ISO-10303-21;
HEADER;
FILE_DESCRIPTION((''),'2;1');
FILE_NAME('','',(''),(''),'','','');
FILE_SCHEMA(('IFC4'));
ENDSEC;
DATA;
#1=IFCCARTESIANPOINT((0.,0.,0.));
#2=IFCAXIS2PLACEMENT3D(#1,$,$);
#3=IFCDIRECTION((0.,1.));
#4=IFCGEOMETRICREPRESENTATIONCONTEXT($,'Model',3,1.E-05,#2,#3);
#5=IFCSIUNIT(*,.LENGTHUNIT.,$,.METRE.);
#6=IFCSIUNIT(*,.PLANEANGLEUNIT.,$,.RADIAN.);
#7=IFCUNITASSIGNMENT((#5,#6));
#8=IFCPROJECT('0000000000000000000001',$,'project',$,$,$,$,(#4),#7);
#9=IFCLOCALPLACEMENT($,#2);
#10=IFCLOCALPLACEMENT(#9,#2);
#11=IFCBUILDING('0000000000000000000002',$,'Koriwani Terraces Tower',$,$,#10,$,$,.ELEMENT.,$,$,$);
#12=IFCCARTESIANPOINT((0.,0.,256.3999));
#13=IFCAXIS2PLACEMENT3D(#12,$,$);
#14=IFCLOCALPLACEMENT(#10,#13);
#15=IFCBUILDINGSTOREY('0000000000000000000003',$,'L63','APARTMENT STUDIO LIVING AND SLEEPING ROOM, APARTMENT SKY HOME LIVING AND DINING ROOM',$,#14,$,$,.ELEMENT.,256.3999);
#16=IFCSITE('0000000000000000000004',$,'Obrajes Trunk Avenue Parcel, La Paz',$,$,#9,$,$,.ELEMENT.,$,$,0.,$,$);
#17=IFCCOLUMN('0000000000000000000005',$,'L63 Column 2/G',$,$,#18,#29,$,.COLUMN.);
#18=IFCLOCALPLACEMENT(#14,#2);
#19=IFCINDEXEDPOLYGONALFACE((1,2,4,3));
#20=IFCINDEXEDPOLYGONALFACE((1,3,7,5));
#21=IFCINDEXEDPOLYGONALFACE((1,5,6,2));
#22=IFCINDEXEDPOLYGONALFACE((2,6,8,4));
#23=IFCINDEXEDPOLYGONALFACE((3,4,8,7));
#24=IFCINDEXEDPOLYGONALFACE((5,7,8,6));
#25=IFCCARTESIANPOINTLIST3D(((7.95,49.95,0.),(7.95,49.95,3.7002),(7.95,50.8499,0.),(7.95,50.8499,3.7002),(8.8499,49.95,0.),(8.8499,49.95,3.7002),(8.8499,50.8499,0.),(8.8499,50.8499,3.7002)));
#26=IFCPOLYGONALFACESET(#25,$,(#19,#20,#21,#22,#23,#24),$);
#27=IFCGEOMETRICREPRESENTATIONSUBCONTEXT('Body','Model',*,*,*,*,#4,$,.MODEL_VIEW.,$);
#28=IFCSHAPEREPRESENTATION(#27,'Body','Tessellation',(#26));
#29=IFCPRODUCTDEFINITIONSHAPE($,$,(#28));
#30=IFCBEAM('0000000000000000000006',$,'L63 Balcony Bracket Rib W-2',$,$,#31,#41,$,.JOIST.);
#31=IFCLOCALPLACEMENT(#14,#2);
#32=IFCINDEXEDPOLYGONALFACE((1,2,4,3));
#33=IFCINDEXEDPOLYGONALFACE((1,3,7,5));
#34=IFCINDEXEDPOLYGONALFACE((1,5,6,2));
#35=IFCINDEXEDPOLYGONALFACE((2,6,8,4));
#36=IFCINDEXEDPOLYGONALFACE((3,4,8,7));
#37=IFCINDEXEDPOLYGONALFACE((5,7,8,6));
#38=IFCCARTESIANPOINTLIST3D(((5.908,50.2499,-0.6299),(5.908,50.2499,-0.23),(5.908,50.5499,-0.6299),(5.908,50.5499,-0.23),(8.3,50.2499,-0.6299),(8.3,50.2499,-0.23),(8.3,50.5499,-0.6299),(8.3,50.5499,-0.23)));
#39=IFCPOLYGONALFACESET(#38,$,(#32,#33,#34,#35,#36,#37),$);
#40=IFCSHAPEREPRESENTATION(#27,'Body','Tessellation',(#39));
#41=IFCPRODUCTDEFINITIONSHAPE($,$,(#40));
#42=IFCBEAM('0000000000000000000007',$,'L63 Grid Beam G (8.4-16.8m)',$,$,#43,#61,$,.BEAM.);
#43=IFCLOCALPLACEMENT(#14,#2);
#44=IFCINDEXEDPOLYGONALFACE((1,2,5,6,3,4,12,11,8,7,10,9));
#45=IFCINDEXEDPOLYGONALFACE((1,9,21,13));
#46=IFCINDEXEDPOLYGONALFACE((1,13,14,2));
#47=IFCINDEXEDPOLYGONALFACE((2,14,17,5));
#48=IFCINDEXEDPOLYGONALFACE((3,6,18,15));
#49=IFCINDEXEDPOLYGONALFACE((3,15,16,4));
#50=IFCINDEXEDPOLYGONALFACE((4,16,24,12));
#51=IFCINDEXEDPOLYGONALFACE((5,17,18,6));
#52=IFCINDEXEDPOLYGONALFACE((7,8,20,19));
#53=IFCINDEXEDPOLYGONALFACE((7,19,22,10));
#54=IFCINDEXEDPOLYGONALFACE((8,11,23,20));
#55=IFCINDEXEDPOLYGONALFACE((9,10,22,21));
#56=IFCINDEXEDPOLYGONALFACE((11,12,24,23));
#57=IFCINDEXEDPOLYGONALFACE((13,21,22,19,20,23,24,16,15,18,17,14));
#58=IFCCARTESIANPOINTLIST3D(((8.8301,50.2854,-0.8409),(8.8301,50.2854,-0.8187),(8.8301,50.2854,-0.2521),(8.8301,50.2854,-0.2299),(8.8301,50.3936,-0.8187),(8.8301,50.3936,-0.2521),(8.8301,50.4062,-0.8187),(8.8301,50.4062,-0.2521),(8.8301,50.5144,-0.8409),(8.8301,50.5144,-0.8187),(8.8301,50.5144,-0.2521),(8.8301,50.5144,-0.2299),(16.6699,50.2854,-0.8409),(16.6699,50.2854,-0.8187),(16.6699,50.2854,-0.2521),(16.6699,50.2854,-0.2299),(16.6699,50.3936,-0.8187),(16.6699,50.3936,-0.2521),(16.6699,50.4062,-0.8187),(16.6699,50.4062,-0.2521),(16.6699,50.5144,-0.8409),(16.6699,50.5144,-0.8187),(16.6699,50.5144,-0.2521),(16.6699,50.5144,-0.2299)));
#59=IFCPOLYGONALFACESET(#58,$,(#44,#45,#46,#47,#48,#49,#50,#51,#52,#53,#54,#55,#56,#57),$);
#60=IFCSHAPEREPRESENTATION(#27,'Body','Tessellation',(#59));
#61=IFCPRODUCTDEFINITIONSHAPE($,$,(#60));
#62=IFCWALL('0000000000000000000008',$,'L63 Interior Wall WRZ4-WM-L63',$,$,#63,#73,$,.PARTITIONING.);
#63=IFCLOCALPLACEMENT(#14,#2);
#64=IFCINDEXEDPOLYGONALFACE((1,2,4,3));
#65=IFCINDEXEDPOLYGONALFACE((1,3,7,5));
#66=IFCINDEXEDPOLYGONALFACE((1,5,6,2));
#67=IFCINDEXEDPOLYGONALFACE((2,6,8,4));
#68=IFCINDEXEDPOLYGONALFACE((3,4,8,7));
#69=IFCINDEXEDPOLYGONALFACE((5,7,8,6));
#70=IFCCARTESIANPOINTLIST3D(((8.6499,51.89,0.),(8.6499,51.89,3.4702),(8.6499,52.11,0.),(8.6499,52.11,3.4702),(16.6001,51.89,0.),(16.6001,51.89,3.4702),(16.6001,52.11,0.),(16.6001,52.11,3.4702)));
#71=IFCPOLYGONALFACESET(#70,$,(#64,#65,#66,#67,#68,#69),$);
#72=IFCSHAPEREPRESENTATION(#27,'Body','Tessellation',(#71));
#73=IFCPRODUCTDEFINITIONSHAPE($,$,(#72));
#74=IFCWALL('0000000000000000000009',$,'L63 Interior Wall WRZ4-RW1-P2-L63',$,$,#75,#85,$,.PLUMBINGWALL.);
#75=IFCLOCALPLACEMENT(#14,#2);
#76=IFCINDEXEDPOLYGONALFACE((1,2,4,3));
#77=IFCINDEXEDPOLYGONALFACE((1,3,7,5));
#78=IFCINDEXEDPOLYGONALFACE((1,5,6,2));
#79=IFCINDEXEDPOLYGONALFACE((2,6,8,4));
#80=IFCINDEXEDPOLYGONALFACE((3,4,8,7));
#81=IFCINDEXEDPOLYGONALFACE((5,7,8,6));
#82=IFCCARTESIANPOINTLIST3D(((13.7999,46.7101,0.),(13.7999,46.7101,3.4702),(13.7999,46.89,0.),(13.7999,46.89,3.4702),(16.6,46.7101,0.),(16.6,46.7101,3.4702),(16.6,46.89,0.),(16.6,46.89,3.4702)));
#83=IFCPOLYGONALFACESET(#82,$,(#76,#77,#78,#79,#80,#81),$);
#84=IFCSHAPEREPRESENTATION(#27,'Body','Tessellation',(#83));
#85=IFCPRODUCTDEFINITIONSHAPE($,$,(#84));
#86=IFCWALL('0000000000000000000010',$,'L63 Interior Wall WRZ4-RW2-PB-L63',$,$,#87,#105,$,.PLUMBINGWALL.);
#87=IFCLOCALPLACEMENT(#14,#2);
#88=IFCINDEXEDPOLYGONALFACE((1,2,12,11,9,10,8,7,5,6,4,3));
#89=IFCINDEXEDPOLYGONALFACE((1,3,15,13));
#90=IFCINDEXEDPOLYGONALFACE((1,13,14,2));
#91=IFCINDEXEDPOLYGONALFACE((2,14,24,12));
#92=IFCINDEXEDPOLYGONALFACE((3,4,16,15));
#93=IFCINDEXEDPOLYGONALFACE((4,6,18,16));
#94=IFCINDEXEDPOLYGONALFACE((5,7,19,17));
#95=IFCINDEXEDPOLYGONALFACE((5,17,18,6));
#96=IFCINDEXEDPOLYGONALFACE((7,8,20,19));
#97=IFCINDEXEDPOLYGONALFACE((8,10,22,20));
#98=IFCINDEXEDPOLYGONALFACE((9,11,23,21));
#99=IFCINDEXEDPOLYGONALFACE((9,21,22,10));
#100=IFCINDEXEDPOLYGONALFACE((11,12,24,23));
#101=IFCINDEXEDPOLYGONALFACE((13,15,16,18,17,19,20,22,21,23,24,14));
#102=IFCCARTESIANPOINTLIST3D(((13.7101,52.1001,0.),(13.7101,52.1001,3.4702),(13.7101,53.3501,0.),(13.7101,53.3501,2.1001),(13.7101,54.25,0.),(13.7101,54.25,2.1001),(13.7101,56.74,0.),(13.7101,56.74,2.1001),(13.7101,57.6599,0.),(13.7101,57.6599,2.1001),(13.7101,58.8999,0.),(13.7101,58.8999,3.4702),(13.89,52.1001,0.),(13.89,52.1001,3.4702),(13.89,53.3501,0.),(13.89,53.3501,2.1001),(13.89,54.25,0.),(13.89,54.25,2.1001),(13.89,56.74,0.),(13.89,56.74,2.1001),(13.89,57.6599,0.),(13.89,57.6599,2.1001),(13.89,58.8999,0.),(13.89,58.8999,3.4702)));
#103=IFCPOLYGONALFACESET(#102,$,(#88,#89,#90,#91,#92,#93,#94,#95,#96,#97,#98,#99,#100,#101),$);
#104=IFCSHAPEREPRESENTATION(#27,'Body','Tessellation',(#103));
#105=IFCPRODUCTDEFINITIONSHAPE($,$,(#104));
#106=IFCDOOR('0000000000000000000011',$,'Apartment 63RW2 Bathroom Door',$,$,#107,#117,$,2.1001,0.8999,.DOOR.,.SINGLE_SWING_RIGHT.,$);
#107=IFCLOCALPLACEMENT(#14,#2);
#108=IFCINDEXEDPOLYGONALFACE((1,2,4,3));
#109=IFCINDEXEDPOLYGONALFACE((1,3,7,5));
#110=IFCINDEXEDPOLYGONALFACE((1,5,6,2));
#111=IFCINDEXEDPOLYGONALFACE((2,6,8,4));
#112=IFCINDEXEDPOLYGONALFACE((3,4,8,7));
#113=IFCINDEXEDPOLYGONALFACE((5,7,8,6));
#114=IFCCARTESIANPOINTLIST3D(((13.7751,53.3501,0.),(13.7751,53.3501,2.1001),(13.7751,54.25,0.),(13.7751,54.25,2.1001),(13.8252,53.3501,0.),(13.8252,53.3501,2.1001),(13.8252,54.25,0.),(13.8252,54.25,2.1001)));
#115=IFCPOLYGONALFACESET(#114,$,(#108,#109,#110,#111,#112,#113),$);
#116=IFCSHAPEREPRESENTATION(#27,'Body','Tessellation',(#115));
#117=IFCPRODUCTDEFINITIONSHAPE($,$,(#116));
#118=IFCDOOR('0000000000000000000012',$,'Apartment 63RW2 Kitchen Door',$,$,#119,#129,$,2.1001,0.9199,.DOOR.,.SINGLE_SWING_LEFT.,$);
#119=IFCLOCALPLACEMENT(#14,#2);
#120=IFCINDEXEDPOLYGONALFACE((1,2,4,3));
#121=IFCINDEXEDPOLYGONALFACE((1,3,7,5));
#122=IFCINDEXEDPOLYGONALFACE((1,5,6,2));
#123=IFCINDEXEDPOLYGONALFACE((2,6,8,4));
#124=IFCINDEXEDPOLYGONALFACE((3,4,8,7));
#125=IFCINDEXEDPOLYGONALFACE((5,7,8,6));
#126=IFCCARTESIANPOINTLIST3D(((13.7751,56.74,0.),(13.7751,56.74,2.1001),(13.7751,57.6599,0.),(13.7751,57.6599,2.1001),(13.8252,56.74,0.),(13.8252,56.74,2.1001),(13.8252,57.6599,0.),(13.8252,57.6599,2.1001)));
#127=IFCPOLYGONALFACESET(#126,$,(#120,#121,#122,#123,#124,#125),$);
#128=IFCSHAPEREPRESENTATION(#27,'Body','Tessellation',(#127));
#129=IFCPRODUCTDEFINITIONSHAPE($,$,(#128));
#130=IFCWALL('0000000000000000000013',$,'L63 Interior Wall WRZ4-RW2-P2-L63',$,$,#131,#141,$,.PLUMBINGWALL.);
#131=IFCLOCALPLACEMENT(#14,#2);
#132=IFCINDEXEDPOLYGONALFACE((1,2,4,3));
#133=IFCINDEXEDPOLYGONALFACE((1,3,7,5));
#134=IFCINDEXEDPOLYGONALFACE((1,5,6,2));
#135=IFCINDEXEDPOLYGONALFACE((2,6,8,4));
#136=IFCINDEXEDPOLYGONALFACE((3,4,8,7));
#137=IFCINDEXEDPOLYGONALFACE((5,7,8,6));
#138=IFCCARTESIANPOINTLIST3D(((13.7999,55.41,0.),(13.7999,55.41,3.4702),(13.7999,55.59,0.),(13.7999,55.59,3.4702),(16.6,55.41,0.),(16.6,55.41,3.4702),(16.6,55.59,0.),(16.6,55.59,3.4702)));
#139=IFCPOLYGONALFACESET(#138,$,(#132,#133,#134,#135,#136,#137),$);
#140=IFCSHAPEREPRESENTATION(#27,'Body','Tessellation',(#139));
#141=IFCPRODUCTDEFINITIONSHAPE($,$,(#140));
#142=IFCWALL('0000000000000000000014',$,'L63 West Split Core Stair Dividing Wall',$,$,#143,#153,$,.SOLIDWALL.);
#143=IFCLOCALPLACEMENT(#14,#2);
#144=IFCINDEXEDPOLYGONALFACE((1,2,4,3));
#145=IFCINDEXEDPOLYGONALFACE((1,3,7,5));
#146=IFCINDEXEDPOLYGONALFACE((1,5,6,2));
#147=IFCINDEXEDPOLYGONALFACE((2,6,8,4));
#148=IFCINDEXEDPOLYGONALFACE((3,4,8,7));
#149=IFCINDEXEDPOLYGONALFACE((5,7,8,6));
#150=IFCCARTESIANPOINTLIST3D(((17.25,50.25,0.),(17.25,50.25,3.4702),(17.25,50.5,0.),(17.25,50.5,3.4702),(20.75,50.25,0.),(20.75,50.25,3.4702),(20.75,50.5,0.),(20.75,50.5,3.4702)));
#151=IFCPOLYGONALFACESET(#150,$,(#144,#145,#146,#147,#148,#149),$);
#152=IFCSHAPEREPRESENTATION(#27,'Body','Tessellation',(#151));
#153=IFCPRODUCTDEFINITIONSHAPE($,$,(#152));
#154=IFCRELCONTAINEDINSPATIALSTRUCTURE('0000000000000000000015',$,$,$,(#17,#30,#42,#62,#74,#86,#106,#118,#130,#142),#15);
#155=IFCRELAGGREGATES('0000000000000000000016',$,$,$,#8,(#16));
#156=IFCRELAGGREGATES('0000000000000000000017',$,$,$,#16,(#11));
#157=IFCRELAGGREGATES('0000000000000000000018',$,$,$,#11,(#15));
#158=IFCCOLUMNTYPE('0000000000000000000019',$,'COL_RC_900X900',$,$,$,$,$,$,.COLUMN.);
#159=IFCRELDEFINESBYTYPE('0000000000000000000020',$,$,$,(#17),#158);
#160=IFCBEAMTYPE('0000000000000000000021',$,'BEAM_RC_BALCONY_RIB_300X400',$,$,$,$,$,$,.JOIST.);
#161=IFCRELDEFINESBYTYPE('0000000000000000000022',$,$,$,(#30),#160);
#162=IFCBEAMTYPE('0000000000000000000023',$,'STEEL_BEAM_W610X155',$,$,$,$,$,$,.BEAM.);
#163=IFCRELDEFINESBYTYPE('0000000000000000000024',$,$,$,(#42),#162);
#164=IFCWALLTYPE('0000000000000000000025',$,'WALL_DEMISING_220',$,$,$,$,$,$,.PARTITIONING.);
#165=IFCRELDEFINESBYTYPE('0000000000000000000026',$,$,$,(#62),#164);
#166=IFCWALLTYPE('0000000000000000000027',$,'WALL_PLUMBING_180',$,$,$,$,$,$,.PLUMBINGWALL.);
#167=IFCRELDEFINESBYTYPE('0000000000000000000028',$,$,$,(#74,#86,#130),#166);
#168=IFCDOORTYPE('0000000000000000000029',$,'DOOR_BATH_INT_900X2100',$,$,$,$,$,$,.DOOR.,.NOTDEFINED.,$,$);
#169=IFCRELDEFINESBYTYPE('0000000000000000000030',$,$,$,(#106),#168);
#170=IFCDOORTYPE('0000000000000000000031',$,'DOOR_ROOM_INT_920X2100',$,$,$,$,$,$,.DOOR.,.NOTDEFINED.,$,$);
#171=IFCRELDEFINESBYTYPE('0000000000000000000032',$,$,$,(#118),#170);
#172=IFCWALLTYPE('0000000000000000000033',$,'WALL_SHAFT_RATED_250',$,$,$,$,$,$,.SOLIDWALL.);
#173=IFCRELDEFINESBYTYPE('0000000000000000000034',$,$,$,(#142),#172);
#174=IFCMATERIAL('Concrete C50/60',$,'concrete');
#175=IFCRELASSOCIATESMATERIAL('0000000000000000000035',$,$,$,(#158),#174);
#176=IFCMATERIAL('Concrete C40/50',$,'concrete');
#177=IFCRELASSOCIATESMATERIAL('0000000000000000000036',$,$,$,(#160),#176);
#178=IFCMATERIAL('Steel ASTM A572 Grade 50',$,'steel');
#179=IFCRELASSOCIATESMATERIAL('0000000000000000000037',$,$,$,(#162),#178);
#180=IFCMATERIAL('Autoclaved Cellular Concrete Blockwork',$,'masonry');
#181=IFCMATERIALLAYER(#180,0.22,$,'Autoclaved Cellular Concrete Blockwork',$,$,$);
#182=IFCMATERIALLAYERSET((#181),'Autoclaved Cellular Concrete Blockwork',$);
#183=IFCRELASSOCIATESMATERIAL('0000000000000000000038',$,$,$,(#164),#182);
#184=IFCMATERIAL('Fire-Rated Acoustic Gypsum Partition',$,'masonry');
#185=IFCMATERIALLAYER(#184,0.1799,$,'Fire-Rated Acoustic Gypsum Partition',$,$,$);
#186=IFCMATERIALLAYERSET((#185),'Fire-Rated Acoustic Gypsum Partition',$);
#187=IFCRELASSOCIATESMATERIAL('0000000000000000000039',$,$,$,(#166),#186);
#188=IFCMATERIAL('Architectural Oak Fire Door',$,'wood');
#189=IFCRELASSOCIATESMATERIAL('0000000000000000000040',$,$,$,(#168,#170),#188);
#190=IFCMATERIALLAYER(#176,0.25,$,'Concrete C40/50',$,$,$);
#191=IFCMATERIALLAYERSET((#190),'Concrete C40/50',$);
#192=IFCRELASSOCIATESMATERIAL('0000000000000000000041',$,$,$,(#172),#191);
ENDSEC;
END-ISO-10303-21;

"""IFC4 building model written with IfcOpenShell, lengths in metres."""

from ifc_helpers import new_model, si_unit, direction, frame, frame_2d, origin, origin_2d, place, context, subcontext, project, spatial, rectangle, i_section, extrude, material, layer, layer_set, material_profile, profile_set, type_object, element, fill, save


model = new_model("IFC4")

# Units and contexts
model_context = context("Model", 3, precision=1e-05, world=origin(), true_north=direction((0.0, 1.0)))
body_context = subcontext(model_context, "Body", "Model", "MODEL_VIEW")
ifc_project = project(units=[si_unit("LENGTHUNIT", "METRE"), si_unit("PLANEANGLEUNIT", "RADIAN")], contexts=[model_context])

# Site, building, storey
site_placement = place(None, origin())
site = spatial("IfcSite", under=ifc_project, at=site_placement, Name="Obrajes Trunk Avenue Parcel, La Paz", CompositionType="ELEMENT", RefElevation=0.0)
building_placement = place(site_placement, origin())
building = spatial("IfcBuilding", under=site, at=building_placement, Name="Koriwani Terraces Tower", CompositionType="ELEMENT")
storey_placement = place(building_placement, frame((0.0, 0.0, 256.3999)))
storey = spatial("IfcBuildingStorey", under=building, at=storey_placement, Name="L63", Description="APARTMENT STUDIO LIVING AND SLEEPING ROOM, APARTMENT SKY HOME LIVING AND DINING ROOM", CompositionType="ELEMENT", Elevation=256.3999)

# Column
ifc_material_1 = material(Name="Concrete C50/60", Category="concrete")
ifc_material_profile_1 = material_profile(ifc_material_1, rectangle(XDim=0.8999, YDim=0.8999, at=origin_2d()), Name="Concrete C50/60", Category="LoadBearing")
ifc_profile_set_1 = profile_set([ifc_material_profile_1], Name="Concrete C50/60")
column_type = type_object("IfcColumnType", Name="COL_RC_900X900", PredefinedType="COLUMN", material=ifc_profile_set_1)
column_placement = place(storey_placement, frame((8.3999, 50.3999, 0.0), z_axis=(0.0, 0.0, 1.0), x_axis=(1.0, 0.0, 0.0)))
element("IfcColumn", 1, at=column_placement, inside=storey, type_object=column_type, Name="L63 Column 2/G", PredefinedType="COLUMN", context=body_context, shape_type="SweptSolid", body=[
    extrude(rectangle(XDim=0.8999, YDim=0.8999, at=origin_2d()), origin(), (0.0, 0.0, 1.0), 3.7002),
])

# Beams
ifc_material_2 = material(Name="Concrete C40/50", Category="concrete")
ifc_material_profile_2 = material_profile(ifc_material_2, rectangle(XDim=0.3, YDim=0.3999, at=origin_2d()), Name="Concrete C40/50", Category="LoadBearing")
ifc_profile_set_2 = profile_set([ifc_material_profile_2], Name="Concrete C40/50")
beam_type_1 = type_object("IfcBeamType", Name="BEAM_RC_BALCONY_RIB_300X400", PredefinedType="JOIST", material=ifc_profile_set_2)
beam_1_placement = place(storey_placement, frame((5.908, 50.3999, -0.4299), z_axis=(1.0, 0.0, 0.0), x_axis=(0.0, 1.0, 0.0)))
element("IfcBeam", 2, at=beam_1_placement, inside=storey, type_object=beam_type_1, Name="L63 Balcony Bracket Rib W-2", PredefinedType="JOIST", context=body_context, shape_type="SweptSolid", body=[
    extrude(rectangle(XDim=0.3, YDim=0.3999, at=origin_2d()), origin(), (0.0, 0.0, 1.0), 2.3921),
])
ifc_material_3 = material(Name="Steel ASTM A572 Grade 50", Category="steel")
ifc_material_profile_3 = material_profile(ifc_material_3, i_section(OverallWidth=0.229, OverallDepth=0.6111, WebThickness=0.0127, FlangeThickness=0.0222, at=origin_2d()), Name="Steel ASTM A572 Grade 50", Category="LoadBearing")
ifc_profile_set_3 = profile_set([ifc_material_profile_3], Name="Steel ASTM A572 Grade 50")
beam_type_2 = type_object("IfcBeamType", Name="STEEL_BEAM_W610X155", PredefinedType="BEAM", material=ifc_profile_set_3)
beam_2_placement = place(storey_placement, frame((8.8301, 50.3999, -0.5354), z_axis=(1.0, 0.0, 0.0), x_axis=(0.0, 1.0, 0.0)))
element("IfcBeam", 3, at=beam_2_placement, inside=storey, type_object=beam_type_2, Name="L63 Grid Beam G (8.4-16.8m)", PredefinedType="BEAM", context=body_context, shape_type="SweptSolid", body=[
    extrude(i_section(OverallWidth=0.229, OverallDepth=0.6111, WebThickness=0.0127, FlangeThickness=0.0222, at=origin_2d()), origin(), (0.0, 0.0, 1.0), 7.8398),
])

# Walls
ifc_material_4 = material(Name="Autoclaved Cellular Concrete Blockwork", Category="masonry")
ifc_layer_1 = layer(ifc_material_4, 0.22, Name="Autoclaved Cellular Concrete Blockwork")
ifc_layer_set_1 = layer_set([ifc_layer_1], Name="Autoclaved Cellular Concrete Blockwork")
wall_type_1 = type_object("IfcWallType", Name="WALL_DEMISING_220", PredefinedType="PARTITIONING", material=ifc_layer_set_1)
wall_1_placement = place(storey_placement, frame((8.6499, 52.0, 0.0), z_axis=(0.0, 0.0, 1.0), x_axis=(1.0, 0.0, 0.0)))
element("IfcWall", 4, at=wall_1_placement, inside=storey, type_object=wall_type_1, Name="L63 Interior Wall WRZ4-WM-L63", PredefinedType="PARTITIONING", context=body_context, shape_type="SweptSolid", body=[
    extrude(rectangle(XDim=7.9502, YDim=0.22, at=frame_2d((3.9751, 0.0))), origin(), (0.0, 0.0, 1.0), 3.4702),
])
ifc_material_5 = material(Name="Fire-Rated Acoustic Gypsum Partition", Category="masonry")
ifc_layer_2 = layer(ifc_material_5, 0.1799, Name="Fire-Rated Acoustic Gypsum Partition")
ifc_layer_set_2 = layer_set([ifc_layer_2], Name="Fire-Rated Acoustic Gypsum Partition")
wall_type_2 = type_object("IfcWallType", Name="WALL_PLUMBING_180", PredefinedType="PLUMBINGWALL", material=ifc_layer_set_2)
wall_2_placement = place(storey_placement, frame((13.8, 46.8, 0.0), z_axis=(0.0, 0.0, 1.0), x_axis=(1.0, 0.0, 0.0)))
element("IfcWall", 5, at=wall_2_placement, inside=storey, type_object=wall_type_2, Name="L63 Interior Wall WRZ4-RW1-P2-L63", PredefinedType="PLUMBINGWALL", context=body_context, shape_type="SweptSolid", body=[
    extrude(rectangle(XDim=2.8, YDim=0.1799, at=frame_2d((1.3999, 0.0))), origin(), (0.0, 0.0, 1.0), 3.4702),
])

# Wall, openings, doors
wall_3_placement = place(storey_placement, frame((13.8, 52.1001, 0.0), z_axis=(0.0, 0.0, 1.0), x_axis=(0.0, 1.0, 0.0)))
wall_3 = element("IfcWall", 6, at=wall_3_placement, inside=storey, type_object=wall_type_2, Name="L63 Interior Wall WRZ4-RW2-PB-L63", PredefinedType="PLUMBINGWALL", context=body_context, shape_type="SweptSolid", body=[
    extrude(rectangle(XDim=6.7998, YDim=0.1799, at=frame_2d((3.3999, 0.0))), origin(), (0.0, 0.0, 1.0), 3.4702),
])
opening_1_placement = place(wall_3_placement, frame((1.25, 0.0, 0.0)))
opening_1 = element("IfcOpeningElement", 7, at=opening_1_placement, cuts=wall_3, PredefinedType="OPENING", context=body_context, shape_type="SweptSolid", body=[
    extrude(rectangle(XDim=0.8999, YDim=2.1001, at=frame_2d((0.45, 1.05))), frame((0.0, 0.1001, 0.0), z_axis=(0.0, -1.0, 0.0), x_axis=(1.0, 0.0, 0.0)), (0.0, 0.0, 1.0), 0.2),
])
opening_2_placement = place(wall_3_placement, frame((4.6399, 0.0, 0.0)))
opening_2 = element("IfcOpeningElement", 8, at=opening_2_placement, cuts=wall_3, PredefinedType="OPENING", context=body_context, shape_type="SweptSolid", body=[
    extrude(rectangle(XDim=0.9199, YDim=2.1001, at=frame_2d((0.46, 1.05))), frame((0.0, 0.1001, 0.0), z_axis=(0.0, -1.0, 0.0), x_axis=(1.0, 0.0, 0.0)), (0.0, 0.0, 1.0), 0.2),
])
ifc_material_6 = material(Name="Architectural Oak Fire Door", Category="wood")
door_type_1 = type_object("IfcDoorType", Name="DOOR_BATH_INT_900X2100", OperationType="NOTDEFINED", PredefinedType="DOOR", material=ifc_material_6)
door_1_placement = place(opening_1_placement, origin())
door_1 = element("IfcDoor", 9, at=door_1_placement, inside=storey, type_object=door_type_1, Name="Apartment 63RW2 Bathroom Door", OperationType="SINGLE_SWING_RIGHT", OverallHeight=2.1001, OverallWidth=0.8999, PredefinedType="DOOR", context=body_context, shape_type="SweptSolid", body=[
    extrude(rectangle(XDim=0.8999, YDim=2.1001, at=frame_2d((0.45, 1.05))), frame((0.0, 0.0249, 0.0), z_axis=(0.0, -1.0, 0.0), x_axis=(1.0, 0.0, 0.0)), (0.0, 0.0, 1.0), 0.05),
])
fill(opening_1, door_1)
door_type_2 = type_object("IfcDoorType", Name="DOOR_ROOM_INT_920X2100", OperationType="NOTDEFINED", PredefinedType="DOOR", material=ifc_material_6)
door_2_placement = place(opening_2_placement, origin())
door_2 = element("IfcDoor", 10, at=door_2_placement, inside=storey, type_object=door_type_2, Name="Apartment 63RW2 Kitchen Door", OperationType="SINGLE_SWING_LEFT", OverallHeight=2.1001, OverallWidth=0.9199, PredefinedType="DOOR", context=body_context, shape_type="SweptSolid", body=[
    extrude(rectangle(XDim=0.9199, YDim=2.1001, at=frame_2d((0.46, 1.05))), frame((0.0, 0.0249, 0.0), z_axis=(0.0, -1.0, 0.0), x_axis=(1.0, 0.0, 0.0)), (0.0, 0.0, 1.0), 0.05),
])
fill(opening_2, door_2)

# Walls
wall_4_placement = place(storey_placement, frame((13.8, 55.5, 0.0), z_axis=(0.0, 0.0, 1.0), x_axis=(1.0, 0.0, 0.0)))
element("IfcWall", 11, at=wall_4_placement, inside=storey, type_object=wall_type_2, Name="L63 Interior Wall WRZ4-RW2-P2-L63", PredefinedType="PLUMBINGWALL", context=body_context, shape_type="SweptSolid", body=[
    extrude(rectangle(XDim=2.8, YDim=0.1799, at=frame_2d((1.3999, 0.0))), origin(), (0.0, 0.0, 1.0), 3.4702),
])
ifc_layer_3 = layer(ifc_material_2, 0.25, Name="Concrete C40/50")
ifc_layer_set_3 = layer_set([ifc_layer_3], Name="Concrete C40/50")
wall_type_3 = type_object("IfcWallType", Name="WALL_SHAFT_RATED_250", PredefinedType="SOLIDWALL", material=ifc_layer_set_3)
wall_5_placement = place(storey_placement, frame((17.25, 50.375, 0.0), z_axis=(0.0, 0.0, 1.0), x_axis=(1.0, 0.0, 0.0)))
element("IfcWall", 12, at=wall_5_placement, inside=storey, type_object=wall_type_3, Name="L63 West Split Core Stair Dividing Wall", PredefinedType="SOLIDWALL", context=body_context, shape_type="SweptSolid", body=[
    extrude(rectangle(XDim=3.5, YDim=0.25, at=frame_2d((1.75, 0.0))), origin(), (0.0, 0.0, 1.0), 3.4702),
])

save(model, "model.ifc")
